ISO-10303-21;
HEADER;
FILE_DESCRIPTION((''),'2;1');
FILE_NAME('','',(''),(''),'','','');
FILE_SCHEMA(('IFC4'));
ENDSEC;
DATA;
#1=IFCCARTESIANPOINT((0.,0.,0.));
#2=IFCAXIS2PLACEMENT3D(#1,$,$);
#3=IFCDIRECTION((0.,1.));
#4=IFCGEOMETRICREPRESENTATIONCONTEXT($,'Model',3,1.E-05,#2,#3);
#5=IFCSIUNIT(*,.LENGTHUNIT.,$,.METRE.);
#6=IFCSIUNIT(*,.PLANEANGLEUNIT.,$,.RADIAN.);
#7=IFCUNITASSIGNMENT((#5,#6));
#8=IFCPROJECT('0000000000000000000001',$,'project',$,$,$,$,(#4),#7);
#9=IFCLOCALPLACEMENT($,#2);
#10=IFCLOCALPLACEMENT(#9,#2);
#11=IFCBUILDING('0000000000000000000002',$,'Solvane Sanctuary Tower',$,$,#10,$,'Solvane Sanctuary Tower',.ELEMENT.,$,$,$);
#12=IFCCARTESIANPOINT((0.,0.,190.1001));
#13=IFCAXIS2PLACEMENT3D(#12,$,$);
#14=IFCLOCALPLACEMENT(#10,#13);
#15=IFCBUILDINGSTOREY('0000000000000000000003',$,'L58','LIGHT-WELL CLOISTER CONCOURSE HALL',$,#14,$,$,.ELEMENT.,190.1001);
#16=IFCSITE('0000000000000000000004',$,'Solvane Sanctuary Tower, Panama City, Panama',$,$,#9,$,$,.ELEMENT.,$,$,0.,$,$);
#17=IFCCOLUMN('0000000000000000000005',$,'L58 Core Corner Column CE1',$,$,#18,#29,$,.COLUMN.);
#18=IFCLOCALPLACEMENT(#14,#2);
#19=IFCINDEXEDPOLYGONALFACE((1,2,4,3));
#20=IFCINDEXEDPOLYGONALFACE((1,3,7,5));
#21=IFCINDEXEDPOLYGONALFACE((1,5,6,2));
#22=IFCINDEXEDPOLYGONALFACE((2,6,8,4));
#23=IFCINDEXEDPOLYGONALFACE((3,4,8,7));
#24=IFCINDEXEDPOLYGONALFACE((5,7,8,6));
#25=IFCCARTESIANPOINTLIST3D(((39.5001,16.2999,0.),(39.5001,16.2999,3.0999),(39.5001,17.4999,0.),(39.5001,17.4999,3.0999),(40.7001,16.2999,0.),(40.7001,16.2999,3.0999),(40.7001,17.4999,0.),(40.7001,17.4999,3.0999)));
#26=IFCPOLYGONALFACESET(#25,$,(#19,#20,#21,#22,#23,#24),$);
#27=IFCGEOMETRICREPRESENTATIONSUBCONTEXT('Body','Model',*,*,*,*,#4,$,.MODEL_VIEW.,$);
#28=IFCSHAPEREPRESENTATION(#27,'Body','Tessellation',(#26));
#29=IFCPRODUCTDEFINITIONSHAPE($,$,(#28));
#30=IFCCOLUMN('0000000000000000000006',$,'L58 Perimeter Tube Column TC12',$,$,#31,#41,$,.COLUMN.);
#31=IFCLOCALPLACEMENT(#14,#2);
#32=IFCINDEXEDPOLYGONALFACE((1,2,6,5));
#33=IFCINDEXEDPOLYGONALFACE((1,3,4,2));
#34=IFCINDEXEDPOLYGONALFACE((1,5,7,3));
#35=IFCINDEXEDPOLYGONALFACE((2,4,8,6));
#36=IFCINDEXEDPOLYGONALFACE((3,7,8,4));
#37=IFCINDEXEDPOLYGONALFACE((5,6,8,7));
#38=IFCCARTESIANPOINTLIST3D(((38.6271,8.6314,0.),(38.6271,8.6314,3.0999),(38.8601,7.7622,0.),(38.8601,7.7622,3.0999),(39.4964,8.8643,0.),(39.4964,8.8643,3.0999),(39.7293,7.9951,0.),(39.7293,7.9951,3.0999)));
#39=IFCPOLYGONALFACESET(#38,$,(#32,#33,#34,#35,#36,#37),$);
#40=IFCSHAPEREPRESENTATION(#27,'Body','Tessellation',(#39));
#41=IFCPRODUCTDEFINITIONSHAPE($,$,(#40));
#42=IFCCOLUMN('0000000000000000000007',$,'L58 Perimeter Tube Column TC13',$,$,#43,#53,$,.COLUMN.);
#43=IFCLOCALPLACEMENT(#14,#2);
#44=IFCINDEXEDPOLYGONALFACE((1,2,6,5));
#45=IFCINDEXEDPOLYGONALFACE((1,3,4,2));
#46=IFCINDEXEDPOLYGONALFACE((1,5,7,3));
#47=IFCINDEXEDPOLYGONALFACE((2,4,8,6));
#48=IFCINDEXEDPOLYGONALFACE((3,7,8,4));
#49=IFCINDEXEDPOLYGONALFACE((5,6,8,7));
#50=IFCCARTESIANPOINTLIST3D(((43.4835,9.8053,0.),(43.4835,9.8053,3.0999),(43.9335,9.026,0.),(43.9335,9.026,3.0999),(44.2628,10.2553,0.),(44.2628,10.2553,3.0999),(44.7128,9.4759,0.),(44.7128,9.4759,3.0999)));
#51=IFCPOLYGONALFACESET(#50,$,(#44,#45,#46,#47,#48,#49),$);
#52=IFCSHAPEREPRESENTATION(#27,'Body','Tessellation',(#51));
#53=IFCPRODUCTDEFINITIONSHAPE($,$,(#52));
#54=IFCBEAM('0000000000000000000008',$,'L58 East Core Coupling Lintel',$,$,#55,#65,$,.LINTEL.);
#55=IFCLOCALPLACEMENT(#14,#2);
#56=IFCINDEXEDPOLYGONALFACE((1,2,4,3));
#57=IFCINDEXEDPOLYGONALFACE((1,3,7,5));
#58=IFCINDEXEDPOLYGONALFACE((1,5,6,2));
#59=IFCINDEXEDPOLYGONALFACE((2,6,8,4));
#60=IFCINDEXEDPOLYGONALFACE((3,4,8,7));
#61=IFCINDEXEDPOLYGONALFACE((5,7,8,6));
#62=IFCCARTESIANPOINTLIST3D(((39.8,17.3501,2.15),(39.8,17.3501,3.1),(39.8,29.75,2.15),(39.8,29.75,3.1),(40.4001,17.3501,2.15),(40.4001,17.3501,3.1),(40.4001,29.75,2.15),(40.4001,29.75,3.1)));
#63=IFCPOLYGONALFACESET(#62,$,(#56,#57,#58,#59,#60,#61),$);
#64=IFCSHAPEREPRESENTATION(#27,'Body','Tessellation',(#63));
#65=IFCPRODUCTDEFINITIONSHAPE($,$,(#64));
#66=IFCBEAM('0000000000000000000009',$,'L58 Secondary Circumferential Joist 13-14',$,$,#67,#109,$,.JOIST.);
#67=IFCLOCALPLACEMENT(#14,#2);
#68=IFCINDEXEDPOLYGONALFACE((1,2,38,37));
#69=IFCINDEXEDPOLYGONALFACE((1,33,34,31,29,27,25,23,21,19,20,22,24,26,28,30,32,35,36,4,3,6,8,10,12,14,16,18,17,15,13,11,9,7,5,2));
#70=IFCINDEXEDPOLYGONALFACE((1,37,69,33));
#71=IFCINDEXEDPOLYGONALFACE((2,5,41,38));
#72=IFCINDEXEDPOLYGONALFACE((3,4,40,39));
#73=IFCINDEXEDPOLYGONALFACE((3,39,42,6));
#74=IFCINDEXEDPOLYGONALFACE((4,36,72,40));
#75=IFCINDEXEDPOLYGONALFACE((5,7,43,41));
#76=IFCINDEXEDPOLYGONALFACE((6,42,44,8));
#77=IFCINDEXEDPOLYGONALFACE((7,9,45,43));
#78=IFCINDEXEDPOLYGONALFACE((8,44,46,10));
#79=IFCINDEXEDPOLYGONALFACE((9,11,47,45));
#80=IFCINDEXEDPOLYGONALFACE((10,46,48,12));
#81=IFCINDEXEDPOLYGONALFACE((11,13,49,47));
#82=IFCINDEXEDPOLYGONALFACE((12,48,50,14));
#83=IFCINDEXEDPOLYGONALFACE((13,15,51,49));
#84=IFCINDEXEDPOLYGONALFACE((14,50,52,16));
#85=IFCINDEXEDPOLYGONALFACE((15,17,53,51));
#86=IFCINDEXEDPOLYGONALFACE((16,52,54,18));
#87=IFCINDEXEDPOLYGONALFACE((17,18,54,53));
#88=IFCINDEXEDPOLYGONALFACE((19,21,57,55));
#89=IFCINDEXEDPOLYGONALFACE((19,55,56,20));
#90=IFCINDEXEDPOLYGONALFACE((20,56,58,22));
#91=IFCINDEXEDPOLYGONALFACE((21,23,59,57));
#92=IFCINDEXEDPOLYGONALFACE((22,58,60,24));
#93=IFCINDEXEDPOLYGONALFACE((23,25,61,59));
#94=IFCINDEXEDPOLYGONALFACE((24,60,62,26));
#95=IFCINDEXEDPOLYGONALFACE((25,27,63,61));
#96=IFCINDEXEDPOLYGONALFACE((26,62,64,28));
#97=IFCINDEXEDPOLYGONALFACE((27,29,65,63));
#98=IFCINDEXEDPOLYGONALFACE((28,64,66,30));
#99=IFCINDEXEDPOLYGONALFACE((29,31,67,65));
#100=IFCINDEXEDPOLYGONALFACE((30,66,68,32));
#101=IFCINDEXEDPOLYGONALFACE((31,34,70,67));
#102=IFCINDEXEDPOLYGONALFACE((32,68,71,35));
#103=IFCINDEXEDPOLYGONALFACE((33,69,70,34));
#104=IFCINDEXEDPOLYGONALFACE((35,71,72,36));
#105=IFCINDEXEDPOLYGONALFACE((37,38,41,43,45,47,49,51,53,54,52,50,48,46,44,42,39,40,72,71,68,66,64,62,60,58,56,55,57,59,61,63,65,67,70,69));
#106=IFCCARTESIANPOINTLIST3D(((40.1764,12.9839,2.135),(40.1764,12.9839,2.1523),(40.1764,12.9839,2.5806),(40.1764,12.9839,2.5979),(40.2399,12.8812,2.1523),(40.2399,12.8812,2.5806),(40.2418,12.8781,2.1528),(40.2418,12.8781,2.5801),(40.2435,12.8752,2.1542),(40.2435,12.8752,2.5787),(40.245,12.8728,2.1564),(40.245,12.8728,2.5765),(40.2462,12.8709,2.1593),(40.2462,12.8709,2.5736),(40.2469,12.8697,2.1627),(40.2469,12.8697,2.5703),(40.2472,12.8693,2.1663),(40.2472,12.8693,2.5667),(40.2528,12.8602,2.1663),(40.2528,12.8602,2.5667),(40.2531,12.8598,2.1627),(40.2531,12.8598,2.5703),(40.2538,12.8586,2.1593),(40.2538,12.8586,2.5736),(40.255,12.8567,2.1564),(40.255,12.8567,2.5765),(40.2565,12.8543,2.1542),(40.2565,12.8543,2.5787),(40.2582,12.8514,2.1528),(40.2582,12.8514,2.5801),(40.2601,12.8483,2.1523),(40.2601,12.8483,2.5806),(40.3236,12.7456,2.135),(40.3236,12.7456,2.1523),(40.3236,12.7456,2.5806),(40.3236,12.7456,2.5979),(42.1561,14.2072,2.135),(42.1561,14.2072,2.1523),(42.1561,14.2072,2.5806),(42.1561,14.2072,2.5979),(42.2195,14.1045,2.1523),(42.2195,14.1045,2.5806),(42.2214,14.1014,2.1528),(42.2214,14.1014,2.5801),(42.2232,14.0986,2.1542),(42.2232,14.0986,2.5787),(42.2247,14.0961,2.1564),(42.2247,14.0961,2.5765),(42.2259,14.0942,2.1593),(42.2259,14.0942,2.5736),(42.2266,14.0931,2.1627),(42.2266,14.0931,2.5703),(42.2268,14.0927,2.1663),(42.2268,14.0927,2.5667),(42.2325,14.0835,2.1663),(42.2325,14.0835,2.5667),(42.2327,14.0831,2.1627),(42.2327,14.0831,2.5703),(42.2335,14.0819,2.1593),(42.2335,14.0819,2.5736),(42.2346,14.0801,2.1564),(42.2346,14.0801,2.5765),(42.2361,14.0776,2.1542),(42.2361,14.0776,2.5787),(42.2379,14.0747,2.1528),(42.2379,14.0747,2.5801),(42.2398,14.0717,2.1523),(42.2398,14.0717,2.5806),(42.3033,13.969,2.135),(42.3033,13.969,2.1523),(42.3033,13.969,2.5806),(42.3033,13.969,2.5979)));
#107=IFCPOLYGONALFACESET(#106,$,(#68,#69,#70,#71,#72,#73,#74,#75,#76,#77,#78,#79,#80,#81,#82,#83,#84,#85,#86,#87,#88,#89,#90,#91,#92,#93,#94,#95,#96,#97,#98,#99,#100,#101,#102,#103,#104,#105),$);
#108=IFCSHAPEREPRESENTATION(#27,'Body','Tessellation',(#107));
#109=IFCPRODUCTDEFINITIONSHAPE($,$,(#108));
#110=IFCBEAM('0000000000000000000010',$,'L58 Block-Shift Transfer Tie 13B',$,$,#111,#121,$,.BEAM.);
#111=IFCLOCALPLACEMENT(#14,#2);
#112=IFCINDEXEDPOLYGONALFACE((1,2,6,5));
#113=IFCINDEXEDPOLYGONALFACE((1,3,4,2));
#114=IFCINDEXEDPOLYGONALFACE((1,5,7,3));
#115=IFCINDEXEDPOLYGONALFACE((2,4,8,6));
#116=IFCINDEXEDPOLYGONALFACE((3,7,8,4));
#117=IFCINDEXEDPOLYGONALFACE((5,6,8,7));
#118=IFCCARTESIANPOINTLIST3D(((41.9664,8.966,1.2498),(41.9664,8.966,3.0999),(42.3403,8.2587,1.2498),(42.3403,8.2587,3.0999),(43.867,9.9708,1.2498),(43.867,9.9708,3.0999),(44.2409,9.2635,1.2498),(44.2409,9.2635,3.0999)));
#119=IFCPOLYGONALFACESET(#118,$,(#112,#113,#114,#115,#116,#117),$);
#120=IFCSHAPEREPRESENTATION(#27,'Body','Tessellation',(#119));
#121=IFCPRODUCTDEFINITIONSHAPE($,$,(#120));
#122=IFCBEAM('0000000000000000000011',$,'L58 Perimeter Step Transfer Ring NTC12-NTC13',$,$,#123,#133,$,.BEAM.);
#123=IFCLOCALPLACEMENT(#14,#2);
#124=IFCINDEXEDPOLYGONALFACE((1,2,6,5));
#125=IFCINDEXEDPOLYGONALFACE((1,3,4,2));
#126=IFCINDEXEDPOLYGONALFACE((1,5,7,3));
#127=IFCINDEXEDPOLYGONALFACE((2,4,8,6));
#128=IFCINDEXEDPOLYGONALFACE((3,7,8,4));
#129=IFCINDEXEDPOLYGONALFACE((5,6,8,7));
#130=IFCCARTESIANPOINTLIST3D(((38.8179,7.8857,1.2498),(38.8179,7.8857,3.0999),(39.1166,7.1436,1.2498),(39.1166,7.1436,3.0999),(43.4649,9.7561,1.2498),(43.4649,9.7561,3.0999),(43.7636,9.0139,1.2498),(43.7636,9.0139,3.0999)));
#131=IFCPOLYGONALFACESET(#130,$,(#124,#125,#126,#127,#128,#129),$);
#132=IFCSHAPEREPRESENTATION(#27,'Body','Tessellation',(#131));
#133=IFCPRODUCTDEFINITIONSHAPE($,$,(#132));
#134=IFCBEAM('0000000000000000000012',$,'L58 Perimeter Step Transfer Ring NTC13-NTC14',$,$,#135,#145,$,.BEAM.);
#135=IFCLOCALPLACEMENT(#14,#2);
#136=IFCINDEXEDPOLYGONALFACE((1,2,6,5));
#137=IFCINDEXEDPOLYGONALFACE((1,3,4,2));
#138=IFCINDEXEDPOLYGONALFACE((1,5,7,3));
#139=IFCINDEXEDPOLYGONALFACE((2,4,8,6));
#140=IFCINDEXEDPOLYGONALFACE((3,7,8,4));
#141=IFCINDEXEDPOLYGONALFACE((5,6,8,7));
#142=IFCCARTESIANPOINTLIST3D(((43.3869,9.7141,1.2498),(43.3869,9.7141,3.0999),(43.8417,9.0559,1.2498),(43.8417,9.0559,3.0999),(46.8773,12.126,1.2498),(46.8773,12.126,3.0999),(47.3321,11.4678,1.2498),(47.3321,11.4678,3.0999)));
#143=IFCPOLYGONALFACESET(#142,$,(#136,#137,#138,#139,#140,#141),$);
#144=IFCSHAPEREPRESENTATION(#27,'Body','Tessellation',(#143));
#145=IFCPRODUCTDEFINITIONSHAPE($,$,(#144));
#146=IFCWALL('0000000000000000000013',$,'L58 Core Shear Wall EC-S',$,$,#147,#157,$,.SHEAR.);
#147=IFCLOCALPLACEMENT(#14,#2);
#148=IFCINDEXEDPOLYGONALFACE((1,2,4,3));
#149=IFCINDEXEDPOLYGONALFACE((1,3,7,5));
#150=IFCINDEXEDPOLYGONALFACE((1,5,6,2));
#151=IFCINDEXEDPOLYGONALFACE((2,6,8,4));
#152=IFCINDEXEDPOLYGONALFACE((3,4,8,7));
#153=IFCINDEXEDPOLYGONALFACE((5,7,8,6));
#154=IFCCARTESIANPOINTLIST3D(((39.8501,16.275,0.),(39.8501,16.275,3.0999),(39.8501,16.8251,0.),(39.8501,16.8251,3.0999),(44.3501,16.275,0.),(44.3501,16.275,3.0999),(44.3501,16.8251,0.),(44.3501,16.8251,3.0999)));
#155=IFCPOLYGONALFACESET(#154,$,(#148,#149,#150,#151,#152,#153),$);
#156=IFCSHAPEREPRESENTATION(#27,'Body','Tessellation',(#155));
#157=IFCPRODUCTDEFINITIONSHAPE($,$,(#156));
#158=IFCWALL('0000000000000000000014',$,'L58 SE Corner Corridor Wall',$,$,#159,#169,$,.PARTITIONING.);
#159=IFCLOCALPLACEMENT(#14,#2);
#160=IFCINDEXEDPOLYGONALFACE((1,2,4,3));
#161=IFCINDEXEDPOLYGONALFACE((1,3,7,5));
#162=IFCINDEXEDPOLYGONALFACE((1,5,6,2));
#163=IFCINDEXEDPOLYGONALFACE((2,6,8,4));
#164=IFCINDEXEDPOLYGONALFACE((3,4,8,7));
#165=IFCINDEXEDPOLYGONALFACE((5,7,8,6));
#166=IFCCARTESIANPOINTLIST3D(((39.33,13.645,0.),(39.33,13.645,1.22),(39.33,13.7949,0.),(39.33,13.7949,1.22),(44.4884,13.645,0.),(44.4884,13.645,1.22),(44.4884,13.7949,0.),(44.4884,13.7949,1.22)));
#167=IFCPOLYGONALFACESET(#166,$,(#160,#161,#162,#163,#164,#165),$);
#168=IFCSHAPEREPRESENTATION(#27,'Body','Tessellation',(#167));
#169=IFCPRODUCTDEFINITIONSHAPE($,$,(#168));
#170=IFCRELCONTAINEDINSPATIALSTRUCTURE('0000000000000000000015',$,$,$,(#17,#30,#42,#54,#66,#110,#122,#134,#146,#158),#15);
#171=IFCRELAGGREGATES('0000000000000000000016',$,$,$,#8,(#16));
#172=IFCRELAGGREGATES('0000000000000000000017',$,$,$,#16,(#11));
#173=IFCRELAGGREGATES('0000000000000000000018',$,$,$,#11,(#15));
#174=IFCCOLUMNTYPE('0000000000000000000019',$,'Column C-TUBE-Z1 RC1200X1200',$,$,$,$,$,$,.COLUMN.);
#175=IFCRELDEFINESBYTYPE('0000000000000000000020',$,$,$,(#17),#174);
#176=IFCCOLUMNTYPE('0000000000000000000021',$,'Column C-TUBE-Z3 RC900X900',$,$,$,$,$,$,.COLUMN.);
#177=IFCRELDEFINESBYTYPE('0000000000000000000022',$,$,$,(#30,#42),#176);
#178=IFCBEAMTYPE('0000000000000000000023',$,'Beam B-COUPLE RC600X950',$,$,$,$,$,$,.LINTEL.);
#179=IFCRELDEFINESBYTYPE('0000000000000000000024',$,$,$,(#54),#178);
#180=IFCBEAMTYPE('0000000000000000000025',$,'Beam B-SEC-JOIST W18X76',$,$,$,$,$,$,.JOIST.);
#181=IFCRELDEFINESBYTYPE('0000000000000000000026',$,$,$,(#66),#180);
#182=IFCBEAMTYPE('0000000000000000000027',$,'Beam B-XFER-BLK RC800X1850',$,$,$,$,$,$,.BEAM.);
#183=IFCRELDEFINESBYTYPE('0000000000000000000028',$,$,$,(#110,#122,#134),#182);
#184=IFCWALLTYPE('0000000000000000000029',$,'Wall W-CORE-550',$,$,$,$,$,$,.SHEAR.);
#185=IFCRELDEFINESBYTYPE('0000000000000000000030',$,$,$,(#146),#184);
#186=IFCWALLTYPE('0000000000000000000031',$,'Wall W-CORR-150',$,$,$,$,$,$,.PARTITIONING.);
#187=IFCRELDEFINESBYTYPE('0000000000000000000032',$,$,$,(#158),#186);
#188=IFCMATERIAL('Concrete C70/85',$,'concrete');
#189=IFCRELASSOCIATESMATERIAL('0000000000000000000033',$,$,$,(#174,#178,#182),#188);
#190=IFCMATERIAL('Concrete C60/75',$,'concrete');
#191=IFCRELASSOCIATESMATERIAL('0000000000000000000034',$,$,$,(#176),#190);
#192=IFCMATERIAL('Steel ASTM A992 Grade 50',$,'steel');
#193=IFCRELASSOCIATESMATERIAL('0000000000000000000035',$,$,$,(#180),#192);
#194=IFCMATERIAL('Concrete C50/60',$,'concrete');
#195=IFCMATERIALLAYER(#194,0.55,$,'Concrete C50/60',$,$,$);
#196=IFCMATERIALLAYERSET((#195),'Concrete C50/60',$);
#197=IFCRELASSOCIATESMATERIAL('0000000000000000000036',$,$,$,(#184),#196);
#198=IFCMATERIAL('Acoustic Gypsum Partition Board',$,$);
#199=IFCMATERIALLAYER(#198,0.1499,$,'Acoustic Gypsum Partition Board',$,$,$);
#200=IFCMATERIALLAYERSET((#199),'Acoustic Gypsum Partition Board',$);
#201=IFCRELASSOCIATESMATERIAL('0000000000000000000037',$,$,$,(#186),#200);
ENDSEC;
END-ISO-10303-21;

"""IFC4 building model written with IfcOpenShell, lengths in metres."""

from ifc_helpers import new_model, si_unit, direction, frame, frame_2d, origin, origin_2d, place, context, subcontext, project, spatial, rectangle, i_section, extrude, material, layer, layer_set, material_profile, profile_set, type_object, element, save


model = new_model("IFC4")

# Units and contexts
model_context = context("Model", 3, precision=1e-05, world=origin(), true_north=direction((0.0, 1.0)))
body_context = subcontext(model_context, "Body", "Model", "MODEL_VIEW")
ifc_project = project(units=[si_unit("LENGTHUNIT", "METRE"), si_unit("PLANEANGLEUNIT", "RADIAN")], contexts=[model_context])

# Site, building, storey
site_placement = place(None, origin())
site = spatial("IfcSite", under=ifc_project, at=site_placement, Name="Solvane Sanctuary Tower, Panama City, Panama", CompositionType="ELEMENT", RefElevation=0.0)
building_placement = place(site_placement, origin())
building = spatial("IfcBuilding", under=site, at=building_placement, Name="Solvane Sanctuary Tower", LongName="Solvane Sanctuary Tower", CompositionType="ELEMENT")
storey_placement = place(building_placement, frame((0.0, 0.0, 190.1001)))
storey = spatial("IfcBuildingStorey", under=building, at=storey_placement, Name="L58", Description="LIGHT-WELL CLOISTER CONCOURSE HALL", CompositionType="ELEMENT", Elevation=190.1001)

# Columns
ifc_material_1 = material(Name="Concrete C70/85", Category="concrete")
ifc_material_profile_1 = material_profile(ifc_material_1, rectangle(XDim=1.2, YDim=1.2, at=origin_2d()), Name="RC1200X1200")
ifc_profile_set_1 = profile_set([ifc_material_profile_1], Name="Concrete C70/85")
column_type_1 = type_object("IfcColumnType", Name="Column C-TUBE-Z1 RC1200X1200", PredefinedType="COLUMN", material=ifc_profile_set_1)
column_placement = place(storey_placement, frame((40.1001, 16.8999, 0.0), z_axis=(0.0, 0.0, 1.0), x_axis=(1.0, 0.0, 0.0)))
element("IfcColumn", 1, at=column_placement, inside=storey, type_object=column_type_1, Name="L58 Core Corner Column CE1", PredefinedType="COLUMN", context=body_context, shape_type="SweptSolid", body=[
    extrude(rectangle(XDim=1.2, YDim=1.2, at=origin_2d()), origin(), (0.0, 0.0, 1.0), 3.0999),
])
ifc_material_2 = material(Name="Concrete C60/75", Category="concrete")
ifc_material_profile_2 = material_profile(ifc_material_2, rectangle(XDim=0.8999, YDim=0.8999, at=origin_2d()), Name="RC900X900")
ifc_profile_set_2 = profile_set([ifc_material_profile_2], Name="Concrete C60/75")
column_type_2 = type_object("IfcColumnType", Name="Column C-TUBE-Z3 RC900X900", PredefinedType="COLUMN", material=ifc_profile_set_2)
for number, where, z_axis, x_axis, name in (
    (2, (39.1782, 8.3132, 0.0), (0.0, 0.0, 1.0), (0.258819, -0.965926, 0.0), "L58 Perimeter Tube Column TC12"),
    (3, (44.0981, 9.6406, 0.0), (0.0, 0.0, 1.0), (0.5, -0.866025, 0.0), "L58 Perimeter Tube Column TC13"),
):
    element("IfcColumn", number, at=place(storey_placement, frame(where, z_axis=z_axis, x_axis=x_axis)), inside=storey, type_object=column_type_2, Name=name, PredefinedType="COLUMN", context=body_context, shape_type="SweptSolid", body=[
        extrude(rectangle(XDim=0.8999, YDim=0.8999, at=origin_2d()), origin(), (0.0, 0.0, 1.0), 3.0999),
    ])

# Beams
ifc_material_profile_3 = material_profile(ifc_material_1, rectangle(XDim=0.6001, YDim=0.95, at=origin_2d()), Name="RC600X950")
ifc_profile_set_3 = profile_set([ifc_material_profile_3], Name="Concrete C70/85")
beam_type_1 = type_object("IfcBeamType", Name="Beam B-COUPLE RC600X950", PredefinedType="LINTEL", material=ifc_profile_set_3)
beam_1_placement = place(storey_placement, frame((40.1001, 17.3501, 2.625), z_axis=(0.0, 1.0, 0.0), x_axis=(-1.0, 0.0, 0.0)))
element("IfcBeam", 4, at=beam_1_placement, inside=storey, type_object=beam_type_1, Name="L58 East Core Coupling Lintel", PredefinedType="LINTEL", context=body_context, shape_type="SweptSolid", body=[
    extrude(rectangle(XDim=0.6001, YDim=0.95, at=origin_2d()), origin(), (0.0, 0.0, 1.0), 12.3999),
])
ifc_material_3 = material(Name="Steel ASTM A992 Grade 50", Category="steel")
ifc_material_profile_4 = material_profile(ifc_material_3, i_section(OverallWidth=0.28, OverallDepth=0.4629, WebThickness=0.0107, FlangeThickness=0.0173, FilletRadius=0.0139, at=origin_2d()), Name="W18X76")
ifc_profile_set_4 = profile_set([ifc_material_profile_4], Name="Steel ASTM A992 Grade 50")
beam_type_2 = type_object("IfcBeamType", Name="Beam B-SEC-JOIST W18X76", PredefinedType="JOIST", material=ifc_profile_set_4)
beam_2_placement = place(storey_placement, frame((40.25, 12.8647, 2.3665), z_axis=(0.850681, 0.525683, 0.0), x_axis=(-0.525683, 0.850681, 0.0)))
element("IfcBeam", 5, at=beam_2_placement, inside=storey, type_object=beam_type_2, Name="L58 Secondary Circumferential Joist 13-14", PredefinedType="JOIST", context=body_context, shape_type="SweptSolid", body=[
    extrude(i_section(OverallWidth=0.28, OverallDepth=0.4629, WebThickness=0.0107, FlangeThickness=0.0173, FilletRadius=0.0139, at=origin_2d()), origin(), (0.0, 0.0, 1.0), 2.3271),
])
ifc_material_profile_5 = material_profile(ifc_material_1, rectangle(XDim=0.8, YDim=1.8501, at=origin_2d()), Name="RC800X1850")
ifc_profile_set_5 = profile_set([ifc_material_profile_5], Name="Concrete C70/85")
beam_type_3 = type_object("IfcBeamType", Name="Beam B-XFER-BLK RC800X1850", PredefinedType="BEAM", material=ifc_profile_set_5)
beam_3_placement = place(storey_placement, frame((44.054, 9.6172, 2.1748), z_axis=(-0.884045, -0.467402, 0.0), x_axis=(0.467402, -0.884045, 0.0)))
element("IfcBeam", 6, at=beam_3_placement, inside=storey, type_object=beam_type_3, Name="L58 Block-Shift Transfer Tie 13B", PredefinedType="BEAM", context=body_context, shape_type="SweptSolid", body=[
    extrude(rectangle(XDim=0.8, YDim=1.8501, at=origin_2d()), origin(), (0.0, 0.0, 1.0), 2.1499),
])
beam_4_placement = place(storey_placement, frame((38.9673, 7.5146, 2.1748), z_axis=(0.927678, 0.373381, 0.0), x_axis=(-0.373381, 0.927678, 0.0)))
element("IfcBeam", 7, at=beam_4_placement, inside=storey, type_object=beam_type_3, Name="L58 Perimeter Step Transfer Ring NTC12-NTC13", PredefinedType="BEAM", context=body_context, shape_type="SweptSolid", body=[
    extrude(rectangle(XDim=0.8, YDim=1.8501, at=origin_2d()), origin(), (0.0, 0.0, 1.0), 5.0093),
])
beam_5_placement = place(storey_placement, frame((43.6143, 9.385, 2.1748), z_axis=(0.822701, 0.568474, 0.0), x_axis=(-0.568474, 0.822701, 0.0)))
element("IfcBeam", 8, at=beam_5_placement, inside=storey, type_object=beam_type_3, Name="L58 Perimeter Step Transfer Ring NTC13-NTC14", PredefinedType="BEAM", context=body_context, shape_type="SweptSolid", body=[
    extrude(rectangle(XDim=0.8, YDim=1.8501, at=origin_2d()), origin(), (0.0, 0.0, 1.0), 4.2427),
])

# Walls
ifc_material_4 = material(Name="Concrete C50/60", Category="concrete")
ifc_layer_1 = layer(ifc_material_4, 0.55, Name="Concrete C50/60")
ifc_layer_set_1 = layer_set([ifc_layer_1], Name="Concrete C50/60")
wall_type_1 = type_object("IfcWallType", Name="Wall W-CORE-550", PredefinedType="SHEAR", material=ifc_layer_set_1)
wall_1_placement = place(storey_placement, frame((39.8501, 16.55, 0.0), z_axis=(0.0, 0.0, 1.0), x_axis=(1.0, 0.0, 0.0)))
element("IfcWall", 9, at=wall_1_placement, inside=storey, type_object=wall_type_1, Name="L58 Core Shear Wall EC-S", PredefinedType="SHEAR", context=body_context, shape_type="SweptSolid", body=[
    extrude(rectangle(XDim=4.5, YDim=0.55, at=frame_2d((2.25, 0.0))), origin(), (0.0, 0.0, 1.0), 3.0999),
])
ifc_material_5 = material(Name="Acoustic Gypsum Partition Board")
ifc_layer_2 = layer(ifc_material_5, 0.1499, Name="Acoustic Gypsum Partition Board")
ifc_layer_set_2 = layer_set([ifc_layer_2], Name="Acoustic Gypsum Partition Board")
wall_type_2 = type_object("IfcWallType", Name="Wall W-CORR-150", PredefinedType="PARTITIONING", material=ifc_layer_set_2)
wall_2_placement = place(storey_placement, frame((39.3301, 13.72, 0.0), z_axis=(0.0, 0.0, 1.0), x_axis=(1.0, 0.0, 0.0)))
element("IfcWall", 10, at=wall_2_placement, inside=storey, type_object=wall_type_2, Name="L58 SE Corner Corridor Wall", PredefinedType="PARTITIONING", context=body_context, shape_type="SweptSolid", body=[
    extrude(rectangle(XDim=5.1584, YDim=0.1499, at=frame_2d((2.5791, 0.0))), origin(), (0.0, 0.0, 1.0), 1.22),
])

save(model, "model.ifc")
